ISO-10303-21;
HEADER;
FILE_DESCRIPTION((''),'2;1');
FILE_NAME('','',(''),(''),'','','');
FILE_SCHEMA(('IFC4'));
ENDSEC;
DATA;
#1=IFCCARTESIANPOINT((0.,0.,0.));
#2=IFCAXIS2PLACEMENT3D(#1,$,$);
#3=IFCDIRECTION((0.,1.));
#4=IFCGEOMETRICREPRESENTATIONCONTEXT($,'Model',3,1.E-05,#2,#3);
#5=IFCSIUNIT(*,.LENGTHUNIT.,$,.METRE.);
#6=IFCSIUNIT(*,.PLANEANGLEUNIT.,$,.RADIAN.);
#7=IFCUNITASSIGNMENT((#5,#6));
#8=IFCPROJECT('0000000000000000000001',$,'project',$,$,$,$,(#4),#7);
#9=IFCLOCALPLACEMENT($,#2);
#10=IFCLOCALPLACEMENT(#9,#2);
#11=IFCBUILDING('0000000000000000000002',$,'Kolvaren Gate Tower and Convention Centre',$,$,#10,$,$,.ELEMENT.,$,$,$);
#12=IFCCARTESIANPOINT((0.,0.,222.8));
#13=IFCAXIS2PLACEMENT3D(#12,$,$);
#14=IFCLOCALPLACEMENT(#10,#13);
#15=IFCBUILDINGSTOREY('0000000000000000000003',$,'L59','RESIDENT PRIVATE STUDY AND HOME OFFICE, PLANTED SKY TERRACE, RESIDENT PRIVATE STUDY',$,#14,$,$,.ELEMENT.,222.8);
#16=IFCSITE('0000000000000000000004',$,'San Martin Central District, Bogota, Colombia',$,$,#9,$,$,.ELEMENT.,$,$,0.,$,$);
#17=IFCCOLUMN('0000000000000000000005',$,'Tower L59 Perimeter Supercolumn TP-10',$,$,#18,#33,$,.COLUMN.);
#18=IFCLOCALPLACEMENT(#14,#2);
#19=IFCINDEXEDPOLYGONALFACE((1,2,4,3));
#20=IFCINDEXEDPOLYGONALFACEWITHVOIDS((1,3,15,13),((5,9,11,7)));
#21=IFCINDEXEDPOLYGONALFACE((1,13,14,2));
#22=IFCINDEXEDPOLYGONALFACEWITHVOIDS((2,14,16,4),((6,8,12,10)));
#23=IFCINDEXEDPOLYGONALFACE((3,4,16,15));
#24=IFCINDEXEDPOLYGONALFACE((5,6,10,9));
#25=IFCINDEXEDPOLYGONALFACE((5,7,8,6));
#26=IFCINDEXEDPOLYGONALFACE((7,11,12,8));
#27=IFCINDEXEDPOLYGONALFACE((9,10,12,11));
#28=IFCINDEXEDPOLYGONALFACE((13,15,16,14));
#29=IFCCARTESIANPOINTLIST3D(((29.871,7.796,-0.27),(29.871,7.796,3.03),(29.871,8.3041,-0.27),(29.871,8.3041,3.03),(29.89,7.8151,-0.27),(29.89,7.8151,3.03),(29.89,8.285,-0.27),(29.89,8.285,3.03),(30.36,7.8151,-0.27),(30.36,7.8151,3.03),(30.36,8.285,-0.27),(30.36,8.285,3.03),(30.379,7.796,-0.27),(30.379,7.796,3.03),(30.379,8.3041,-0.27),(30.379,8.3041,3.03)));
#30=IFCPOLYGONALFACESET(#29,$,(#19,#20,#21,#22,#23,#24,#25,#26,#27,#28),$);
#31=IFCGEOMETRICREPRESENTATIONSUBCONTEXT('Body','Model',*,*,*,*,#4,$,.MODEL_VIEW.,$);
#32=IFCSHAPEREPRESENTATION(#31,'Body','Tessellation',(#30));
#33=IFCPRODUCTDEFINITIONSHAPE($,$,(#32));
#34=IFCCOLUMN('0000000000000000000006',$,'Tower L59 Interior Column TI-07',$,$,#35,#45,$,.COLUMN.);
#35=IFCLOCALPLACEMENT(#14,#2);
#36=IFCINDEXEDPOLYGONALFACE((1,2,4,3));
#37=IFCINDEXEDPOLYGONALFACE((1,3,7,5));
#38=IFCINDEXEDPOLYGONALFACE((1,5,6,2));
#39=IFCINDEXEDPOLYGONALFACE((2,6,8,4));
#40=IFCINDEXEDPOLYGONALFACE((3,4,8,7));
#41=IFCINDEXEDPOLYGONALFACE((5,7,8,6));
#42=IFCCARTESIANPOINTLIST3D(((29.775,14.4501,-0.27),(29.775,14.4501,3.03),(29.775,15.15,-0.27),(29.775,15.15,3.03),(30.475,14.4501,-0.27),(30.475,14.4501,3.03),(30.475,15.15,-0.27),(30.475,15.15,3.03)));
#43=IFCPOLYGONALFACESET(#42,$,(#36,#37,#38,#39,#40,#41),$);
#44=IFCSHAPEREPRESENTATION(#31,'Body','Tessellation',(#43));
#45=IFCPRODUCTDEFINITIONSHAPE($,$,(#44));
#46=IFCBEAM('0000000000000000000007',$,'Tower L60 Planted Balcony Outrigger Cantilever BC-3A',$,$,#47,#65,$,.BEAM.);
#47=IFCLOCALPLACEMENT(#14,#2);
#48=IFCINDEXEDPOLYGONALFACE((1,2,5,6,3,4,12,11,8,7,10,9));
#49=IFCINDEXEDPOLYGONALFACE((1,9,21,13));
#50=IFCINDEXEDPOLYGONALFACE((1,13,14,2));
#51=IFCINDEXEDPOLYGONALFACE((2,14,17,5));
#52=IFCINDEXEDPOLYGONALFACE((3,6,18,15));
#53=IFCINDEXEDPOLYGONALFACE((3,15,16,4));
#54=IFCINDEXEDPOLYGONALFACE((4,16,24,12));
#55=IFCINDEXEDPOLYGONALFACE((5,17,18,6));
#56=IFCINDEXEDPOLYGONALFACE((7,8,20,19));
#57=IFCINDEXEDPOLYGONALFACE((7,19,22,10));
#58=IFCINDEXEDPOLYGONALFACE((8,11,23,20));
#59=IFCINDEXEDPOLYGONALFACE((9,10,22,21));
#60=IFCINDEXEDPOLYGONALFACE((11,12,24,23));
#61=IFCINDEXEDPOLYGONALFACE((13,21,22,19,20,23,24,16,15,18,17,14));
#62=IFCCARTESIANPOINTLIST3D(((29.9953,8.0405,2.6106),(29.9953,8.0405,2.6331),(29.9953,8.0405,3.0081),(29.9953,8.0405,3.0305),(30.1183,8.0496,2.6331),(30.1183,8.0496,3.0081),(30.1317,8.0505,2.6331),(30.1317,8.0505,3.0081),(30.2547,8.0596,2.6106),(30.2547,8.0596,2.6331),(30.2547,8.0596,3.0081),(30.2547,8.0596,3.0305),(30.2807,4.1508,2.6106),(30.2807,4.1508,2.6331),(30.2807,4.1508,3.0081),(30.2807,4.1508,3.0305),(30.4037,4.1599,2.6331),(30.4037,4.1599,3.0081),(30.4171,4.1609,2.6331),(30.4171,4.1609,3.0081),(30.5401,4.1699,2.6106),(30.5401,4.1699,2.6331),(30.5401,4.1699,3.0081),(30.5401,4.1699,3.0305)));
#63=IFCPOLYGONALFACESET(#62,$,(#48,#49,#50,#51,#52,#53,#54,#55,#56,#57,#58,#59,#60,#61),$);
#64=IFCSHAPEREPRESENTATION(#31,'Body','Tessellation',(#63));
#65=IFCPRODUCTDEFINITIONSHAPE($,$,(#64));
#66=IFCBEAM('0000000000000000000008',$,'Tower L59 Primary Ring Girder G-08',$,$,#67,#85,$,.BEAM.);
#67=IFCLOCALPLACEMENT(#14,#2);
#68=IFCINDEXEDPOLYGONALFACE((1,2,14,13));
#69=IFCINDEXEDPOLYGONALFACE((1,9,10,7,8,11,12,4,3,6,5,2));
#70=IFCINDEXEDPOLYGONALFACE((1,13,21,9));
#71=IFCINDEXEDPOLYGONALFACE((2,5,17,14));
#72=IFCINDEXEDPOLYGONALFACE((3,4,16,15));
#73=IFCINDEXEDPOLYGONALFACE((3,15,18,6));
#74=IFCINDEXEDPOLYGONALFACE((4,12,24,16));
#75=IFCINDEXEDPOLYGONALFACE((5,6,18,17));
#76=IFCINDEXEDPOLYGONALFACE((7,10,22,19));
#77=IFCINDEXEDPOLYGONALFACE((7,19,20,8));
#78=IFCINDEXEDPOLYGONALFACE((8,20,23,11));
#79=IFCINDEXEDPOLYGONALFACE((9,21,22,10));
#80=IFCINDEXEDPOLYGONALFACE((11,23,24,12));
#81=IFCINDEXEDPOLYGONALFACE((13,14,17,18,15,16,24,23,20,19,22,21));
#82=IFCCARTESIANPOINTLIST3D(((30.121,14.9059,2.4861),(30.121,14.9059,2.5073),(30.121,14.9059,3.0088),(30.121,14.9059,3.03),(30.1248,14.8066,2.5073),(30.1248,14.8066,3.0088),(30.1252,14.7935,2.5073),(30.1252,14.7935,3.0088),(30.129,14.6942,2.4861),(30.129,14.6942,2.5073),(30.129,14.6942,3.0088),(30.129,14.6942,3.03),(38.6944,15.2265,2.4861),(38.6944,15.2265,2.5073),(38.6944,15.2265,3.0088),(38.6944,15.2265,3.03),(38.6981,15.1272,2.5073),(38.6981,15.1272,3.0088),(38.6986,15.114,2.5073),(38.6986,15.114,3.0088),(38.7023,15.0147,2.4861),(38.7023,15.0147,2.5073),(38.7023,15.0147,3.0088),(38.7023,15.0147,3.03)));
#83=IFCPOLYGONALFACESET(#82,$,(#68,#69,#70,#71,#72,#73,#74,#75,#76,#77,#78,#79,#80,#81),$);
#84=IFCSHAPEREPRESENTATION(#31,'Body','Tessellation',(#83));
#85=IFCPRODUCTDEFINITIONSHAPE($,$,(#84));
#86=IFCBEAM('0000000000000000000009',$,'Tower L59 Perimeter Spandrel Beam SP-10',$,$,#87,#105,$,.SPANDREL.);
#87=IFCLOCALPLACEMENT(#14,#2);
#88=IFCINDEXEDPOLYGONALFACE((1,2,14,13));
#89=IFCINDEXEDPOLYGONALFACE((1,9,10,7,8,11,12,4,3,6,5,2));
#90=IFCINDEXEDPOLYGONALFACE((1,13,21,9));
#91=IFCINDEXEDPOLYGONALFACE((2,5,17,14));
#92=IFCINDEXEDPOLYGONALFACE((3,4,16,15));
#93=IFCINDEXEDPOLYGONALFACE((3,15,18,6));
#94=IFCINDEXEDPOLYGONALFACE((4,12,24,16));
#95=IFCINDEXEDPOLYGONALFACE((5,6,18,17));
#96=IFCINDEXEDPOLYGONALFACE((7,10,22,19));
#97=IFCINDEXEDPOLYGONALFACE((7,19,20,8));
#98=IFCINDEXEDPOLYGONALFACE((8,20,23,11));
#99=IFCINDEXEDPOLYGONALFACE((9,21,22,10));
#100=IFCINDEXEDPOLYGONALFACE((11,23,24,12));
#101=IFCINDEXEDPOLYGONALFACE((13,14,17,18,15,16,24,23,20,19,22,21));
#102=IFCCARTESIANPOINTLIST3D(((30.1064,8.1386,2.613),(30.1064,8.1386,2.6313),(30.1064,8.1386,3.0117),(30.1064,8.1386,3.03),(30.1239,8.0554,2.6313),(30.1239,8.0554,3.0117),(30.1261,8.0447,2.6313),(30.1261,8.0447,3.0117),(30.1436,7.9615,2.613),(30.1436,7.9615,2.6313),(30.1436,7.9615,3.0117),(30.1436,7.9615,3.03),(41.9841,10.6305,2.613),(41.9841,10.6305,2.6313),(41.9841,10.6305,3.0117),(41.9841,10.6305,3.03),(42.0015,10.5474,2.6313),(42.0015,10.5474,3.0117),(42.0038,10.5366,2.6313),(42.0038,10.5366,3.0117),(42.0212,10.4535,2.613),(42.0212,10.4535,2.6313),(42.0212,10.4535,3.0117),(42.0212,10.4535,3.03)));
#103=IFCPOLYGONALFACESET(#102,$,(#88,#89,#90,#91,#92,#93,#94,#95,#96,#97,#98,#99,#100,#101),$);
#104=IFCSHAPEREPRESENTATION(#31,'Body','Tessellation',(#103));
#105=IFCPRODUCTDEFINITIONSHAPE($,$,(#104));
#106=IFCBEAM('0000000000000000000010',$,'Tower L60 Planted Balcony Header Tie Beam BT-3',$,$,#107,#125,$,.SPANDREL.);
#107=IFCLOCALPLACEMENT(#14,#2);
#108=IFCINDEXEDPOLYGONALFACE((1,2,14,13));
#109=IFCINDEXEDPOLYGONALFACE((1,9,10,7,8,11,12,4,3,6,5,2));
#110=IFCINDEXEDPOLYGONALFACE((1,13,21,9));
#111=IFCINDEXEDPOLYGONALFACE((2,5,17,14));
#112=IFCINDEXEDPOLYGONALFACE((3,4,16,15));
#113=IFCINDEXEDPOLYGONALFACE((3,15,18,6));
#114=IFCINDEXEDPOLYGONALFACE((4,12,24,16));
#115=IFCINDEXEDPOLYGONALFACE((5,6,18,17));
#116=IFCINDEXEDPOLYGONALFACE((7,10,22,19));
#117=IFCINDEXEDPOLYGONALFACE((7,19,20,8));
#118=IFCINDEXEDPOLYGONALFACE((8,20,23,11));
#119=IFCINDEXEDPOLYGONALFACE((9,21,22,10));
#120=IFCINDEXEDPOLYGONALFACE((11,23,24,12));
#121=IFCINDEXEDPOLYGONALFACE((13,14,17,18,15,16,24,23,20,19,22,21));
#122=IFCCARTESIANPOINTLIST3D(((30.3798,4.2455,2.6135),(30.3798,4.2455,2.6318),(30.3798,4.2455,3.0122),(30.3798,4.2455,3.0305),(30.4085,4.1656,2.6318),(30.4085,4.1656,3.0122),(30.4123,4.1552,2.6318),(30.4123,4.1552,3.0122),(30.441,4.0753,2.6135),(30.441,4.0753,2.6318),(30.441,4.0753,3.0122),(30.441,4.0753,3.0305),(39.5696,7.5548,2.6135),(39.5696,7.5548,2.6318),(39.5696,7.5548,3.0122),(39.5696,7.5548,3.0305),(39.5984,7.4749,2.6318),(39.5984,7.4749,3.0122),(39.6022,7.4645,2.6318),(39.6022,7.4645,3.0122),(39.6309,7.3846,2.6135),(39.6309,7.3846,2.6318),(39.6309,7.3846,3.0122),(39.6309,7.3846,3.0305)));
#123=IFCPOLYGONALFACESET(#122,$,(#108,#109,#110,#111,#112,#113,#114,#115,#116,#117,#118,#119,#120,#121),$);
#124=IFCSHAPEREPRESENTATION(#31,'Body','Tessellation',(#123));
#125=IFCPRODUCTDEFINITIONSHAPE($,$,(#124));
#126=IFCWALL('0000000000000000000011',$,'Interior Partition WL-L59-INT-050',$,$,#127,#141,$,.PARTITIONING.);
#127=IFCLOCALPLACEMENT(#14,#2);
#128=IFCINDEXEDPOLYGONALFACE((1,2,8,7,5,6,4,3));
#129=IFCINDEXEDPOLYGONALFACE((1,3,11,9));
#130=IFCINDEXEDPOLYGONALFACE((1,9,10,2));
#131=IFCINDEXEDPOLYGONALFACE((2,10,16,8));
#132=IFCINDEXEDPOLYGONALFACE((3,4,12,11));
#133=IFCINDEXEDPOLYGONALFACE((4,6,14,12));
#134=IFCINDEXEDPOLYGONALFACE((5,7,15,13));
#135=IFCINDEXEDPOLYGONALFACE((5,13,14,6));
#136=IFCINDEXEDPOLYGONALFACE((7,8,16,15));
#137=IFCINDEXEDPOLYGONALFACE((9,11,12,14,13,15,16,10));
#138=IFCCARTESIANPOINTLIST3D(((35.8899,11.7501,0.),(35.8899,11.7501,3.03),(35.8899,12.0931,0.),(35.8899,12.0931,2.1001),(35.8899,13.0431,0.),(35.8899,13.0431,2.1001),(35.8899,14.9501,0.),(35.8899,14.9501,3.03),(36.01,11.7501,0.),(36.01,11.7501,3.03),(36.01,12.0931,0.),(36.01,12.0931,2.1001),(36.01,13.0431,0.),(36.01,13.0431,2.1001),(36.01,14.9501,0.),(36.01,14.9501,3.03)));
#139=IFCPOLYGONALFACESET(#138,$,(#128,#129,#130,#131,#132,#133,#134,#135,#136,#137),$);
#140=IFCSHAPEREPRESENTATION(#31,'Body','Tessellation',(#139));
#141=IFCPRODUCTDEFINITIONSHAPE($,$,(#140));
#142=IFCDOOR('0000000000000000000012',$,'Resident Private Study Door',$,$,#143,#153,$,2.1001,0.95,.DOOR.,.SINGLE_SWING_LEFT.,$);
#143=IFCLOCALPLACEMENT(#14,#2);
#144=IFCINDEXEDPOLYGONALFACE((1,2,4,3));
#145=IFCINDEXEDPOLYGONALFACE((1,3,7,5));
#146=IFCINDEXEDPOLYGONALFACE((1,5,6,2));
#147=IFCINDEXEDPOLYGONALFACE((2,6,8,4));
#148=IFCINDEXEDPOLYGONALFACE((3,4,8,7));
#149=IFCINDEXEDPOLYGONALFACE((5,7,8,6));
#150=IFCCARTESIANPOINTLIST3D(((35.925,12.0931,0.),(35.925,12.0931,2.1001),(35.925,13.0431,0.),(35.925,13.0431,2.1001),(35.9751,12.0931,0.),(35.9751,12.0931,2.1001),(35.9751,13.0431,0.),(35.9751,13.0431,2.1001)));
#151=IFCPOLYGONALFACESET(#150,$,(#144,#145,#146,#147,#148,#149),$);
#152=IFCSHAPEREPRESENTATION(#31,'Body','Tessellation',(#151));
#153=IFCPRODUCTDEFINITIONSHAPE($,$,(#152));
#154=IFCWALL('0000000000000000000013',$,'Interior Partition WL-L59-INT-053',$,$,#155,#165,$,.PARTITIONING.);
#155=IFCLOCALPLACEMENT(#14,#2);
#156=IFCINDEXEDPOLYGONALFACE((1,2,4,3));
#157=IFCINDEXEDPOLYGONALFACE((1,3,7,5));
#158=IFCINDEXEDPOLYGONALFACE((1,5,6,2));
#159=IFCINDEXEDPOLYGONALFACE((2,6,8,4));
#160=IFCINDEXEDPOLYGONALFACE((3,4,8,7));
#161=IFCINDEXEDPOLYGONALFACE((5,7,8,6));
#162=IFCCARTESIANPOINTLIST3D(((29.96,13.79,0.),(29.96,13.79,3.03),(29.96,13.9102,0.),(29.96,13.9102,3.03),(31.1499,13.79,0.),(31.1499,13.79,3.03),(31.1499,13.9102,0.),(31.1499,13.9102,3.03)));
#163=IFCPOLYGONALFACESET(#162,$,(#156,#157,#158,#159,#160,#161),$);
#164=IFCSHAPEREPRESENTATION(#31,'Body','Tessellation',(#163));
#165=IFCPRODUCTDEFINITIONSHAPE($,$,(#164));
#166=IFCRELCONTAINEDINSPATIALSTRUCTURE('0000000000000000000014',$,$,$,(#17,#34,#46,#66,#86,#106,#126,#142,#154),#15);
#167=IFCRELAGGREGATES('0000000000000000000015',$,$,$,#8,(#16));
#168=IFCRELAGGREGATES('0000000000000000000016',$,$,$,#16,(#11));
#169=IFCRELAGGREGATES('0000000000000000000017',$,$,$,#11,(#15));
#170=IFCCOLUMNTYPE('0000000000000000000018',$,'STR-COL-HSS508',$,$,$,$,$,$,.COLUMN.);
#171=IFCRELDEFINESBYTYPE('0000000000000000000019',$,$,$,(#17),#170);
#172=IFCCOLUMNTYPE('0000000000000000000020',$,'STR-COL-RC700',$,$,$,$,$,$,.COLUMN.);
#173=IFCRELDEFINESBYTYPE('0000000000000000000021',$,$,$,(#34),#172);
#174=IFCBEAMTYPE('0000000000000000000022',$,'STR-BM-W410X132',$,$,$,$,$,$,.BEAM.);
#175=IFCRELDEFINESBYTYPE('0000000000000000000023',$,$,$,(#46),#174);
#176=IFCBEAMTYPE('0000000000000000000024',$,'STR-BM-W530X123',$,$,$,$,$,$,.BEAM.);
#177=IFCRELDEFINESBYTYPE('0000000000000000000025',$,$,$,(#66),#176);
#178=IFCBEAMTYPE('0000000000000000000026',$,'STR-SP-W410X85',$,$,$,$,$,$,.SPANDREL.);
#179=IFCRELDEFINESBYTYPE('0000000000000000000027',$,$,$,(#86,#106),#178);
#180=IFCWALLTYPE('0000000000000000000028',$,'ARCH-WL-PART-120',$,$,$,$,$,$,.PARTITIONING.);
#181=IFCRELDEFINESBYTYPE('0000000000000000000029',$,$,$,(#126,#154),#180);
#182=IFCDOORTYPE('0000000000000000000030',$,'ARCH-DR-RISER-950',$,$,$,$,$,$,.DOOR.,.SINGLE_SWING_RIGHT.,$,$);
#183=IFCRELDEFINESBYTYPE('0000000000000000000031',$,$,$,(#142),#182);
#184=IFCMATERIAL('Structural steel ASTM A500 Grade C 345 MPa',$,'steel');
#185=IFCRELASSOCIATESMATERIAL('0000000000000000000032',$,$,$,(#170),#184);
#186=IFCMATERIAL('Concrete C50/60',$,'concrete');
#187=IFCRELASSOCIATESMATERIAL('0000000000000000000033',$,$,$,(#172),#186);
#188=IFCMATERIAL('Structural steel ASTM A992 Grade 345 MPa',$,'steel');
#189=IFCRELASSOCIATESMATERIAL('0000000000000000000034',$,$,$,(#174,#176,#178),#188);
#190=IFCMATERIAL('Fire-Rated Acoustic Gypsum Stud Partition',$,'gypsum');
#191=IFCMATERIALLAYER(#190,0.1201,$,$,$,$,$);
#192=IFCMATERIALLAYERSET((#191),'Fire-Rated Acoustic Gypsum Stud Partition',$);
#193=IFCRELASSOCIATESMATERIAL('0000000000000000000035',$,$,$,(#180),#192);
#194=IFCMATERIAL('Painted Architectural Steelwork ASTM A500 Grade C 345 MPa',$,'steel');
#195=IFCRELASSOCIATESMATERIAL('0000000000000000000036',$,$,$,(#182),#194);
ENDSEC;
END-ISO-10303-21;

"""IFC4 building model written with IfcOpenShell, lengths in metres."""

from ifc_helpers import new_model, si_unit, direction, frame, frame_2d, origin, origin_2d, place, context, subcontext, project, spatial, rectangle, hollow_rectangle, i_section, extrude, material, layer, layer_set, material_profile, profile_set, type_object, element, fill, save


model = new_model("IFC4")

# Units and contexts
model_context = context("Model", 3, precision=1e-05, world=origin(), true_north=direction((0.0, 1.0)))
body_context = subcontext(model_context, "Body", "Model", "MODEL_VIEW")
ifc_project = project(units=[si_unit("LENGTHUNIT", "METRE"), si_unit("PLANEANGLEUNIT", "RADIAN")], contexts=[model_context])

# Site, building, storey
site_placement = place(None, origin())
site = spatial("IfcSite", under=ifc_project, at=site_placement, Name="San Martin Central District, Bogota, Colombia", CompositionType="ELEMENT", RefElevation=0.0)
building_placement = place(site_placement, origin())
building = spatial("IfcBuilding", under=site, at=building_placement, Name="Kolvaren Gate Tower and Convention Centre", CompositionType="ELEMENT")
storey_placement = place(building_placement, frame((0.0, 0.0, 222.8)))
storey = spatial("IfcBuildingStorey", under=building, at=storey_placement, Name="L59", Description="RESIDENT PRIVATE STUDY AND HOME OFFICE, PLANTED SKY TERRACE, RESIDENT PRIVATE STUDY", CompositionType="ELEMENT", Elevation=222.8)

# Columns
ifc_material_1 = material(Name="Structural steel ASTM A500 Grade C 345 MPa", Category="steel")
ifc_material_profile_1 = material_profile(ifc_material_1, hollow_rectangle(XDim=0.5081, YDim=0.5081, WallThickness=0.019, at=origin_2d()), Name="HSS508X508X19.1")
ifc_profile_set_1 = profile_set([ifc_material_profile_1], Name="Structural steel ASTM A500 Grade C 345 MPa")
column_type_1 = type_object("IfcColumnType", Name="STR-COL-HSS508", PredefinedType="COLUMN", material=ifc_profile_set_1)
column_1_placement = place(storey_placement, frame((30.125, 8.05, -0.27), z_axis=(0.0, 0.0, 1.0), x_axis=(1.0, 0.0, 0.0)))
element("IfcColumn", 1, at=column_1_placement, inside=storey, type_object=column_type_1, Name="Tower L59 Perimeter Supercolumn TP-10", PredefinedType="COLUMN", context=body_context, shape_type="SweptSolid", body=[
    extrude(hollow_rectangle(XDim=0.5081, YDim=0.5081, WallThickness=0.019, at=origin_2d()), origin(), (0.0, 0.0, 1.0), 3.3),
])
ifc_material_2 = material(Name="Concrete C50/60", Category="concrete")
ifc_material_profile_2 = material_profile(ifc_material_2, rectangle(XDim=0.7, YDim=0.7, at=origin_2d()), Name="RC-COL-700X700")
ifc_profile_set_2 = profile_set([ifc_material_profile_2], Name="Concrete C50/60")
column_type_2 = type_object("IfcColumnType", Name="STR-COL-RC700", PredefinedType="COLUMN", material=ifc_profile_set_2)
column_2_placement = place(storey_placement, frame((30.125, 14.8, -0.27), z_axis=(0.0, 0.0, 1.0), x_axis=(1.0, 0.0, 0.0)))
element("IfcColumn", 2, at=column_2_placement, inside=storey, type_object=column_type_2, Name="Tower L59 Interior Column TI-07", PredefinedType="COLUMN", context=body_context, shape_type="SweptSolid", body=[
    extrude(rectangle(XDim=0.7, YDim=0.7, at=origin_2d()), origin(), (0.0, 0.0, 1.0), 3.3),
])

# Beams
ifc_material_3 = material(Name="Structural steel ASTM A992 Grade 345 MPa", Category="steel")
ifc_material_profile_3 = material_profile(ifc_material_3, i_section(OverallWidth=0.26, OverallDepth=0.4199, WebThickness=0.0134, FlangeThickness=0.0225, at=origin_2d()), Name="W410X132")
ifc_profile_set_3 = profile_set([ifc_material_profile_3], Name="Structural steel ASTM A992 Grade 345 MPa")
beam_type_1 = type_object("IfcBeamType", Name="STR-BM-W410X132", PredefinedType="BEAM", material=ifc_profile_set_3)
beam_1_placement = place(storey_placement, frame((30.125, 8.05, 2.8206), z_axis=(0.073178, -0.997319, 0.0), x_axis=(0.997319, 0.073178, 0.0)))
element("IfcBeam", 3, at=beam_1_placement, inside=storey, type_object=beam_type_1, Name="Tower L60 Planted Balcony Outrigger Cantilever BC-3A", PredefinedType="BEAM", context=body_context, shape_type="SweptSolid", body=[
    extrude(i_section(OverallWidth=0.26, OverallDepth=0.4199, WebThickness=0.0134, FlangeThickness=0.0225, at=origin_2d()), origin(), (0.0, 0.0, 1.0), 3.9001),
])
ifc_material_profile_4 = material_profile(ifc_material_3, i_section(OverallWidth=0.2119, OverallDepth=0.5439, WebThickness=0.0132, FlangeThickness=0.0212, at=origin_2d()), Name="W530X123")
ifc_profile_set_4 = profile_set([ifc_material_profile_4], Name="Structural steel ASTM A992 Grade 345 MPa")
beam_type_2 = type_object("IfcBeamType", Name="STR-BM-W530X123", PredefinedType="BEAM", material=ifc_profile_set_4)
beam_2_placement = place(storey_placement, frame((30.125, 14.8, 2.7581), z_axis=(0.999302, 0.037364, 0.0), x_axis=(-0.037364, 0.999302, 0.0)))
element("IfcBeam", 4, at=beam_2_placement, inside=storey, type_object=beam_type_2, Name="Tower L59 Primary Ring Girder G-08", PredefinedType="BEAM", context=body_context, shape_type="SweptSolid", body=[
    extrude(i_section(OverallWidth=0.2119, OverallDepth=0.5439, WebThickness=0.0132, FlangeThickness=0.0212, at=origin_2d()), origin(), (0.0, 0.0, 1.0), 8.5793),
])
ifc_material_profile_5 = material_profile(ifc_material_3, i_section(OverallWidth=0.1809, OverallDepth=0.417, WebThickness=0.011, FlangeThickness=0.0183, at=origin_2d()), Name="W410X85")
ifc_profile_set_5 = profile_set([ifc_material_profile_5], Name="Structural steel ASTM A992 Grade 345 MPa")
beam_type_3 = type_object("IfcBeamType", Name="STR-SP-W410X85", PredefinedType="SPANDREL", material=ifc_profile_set_5)
beam_3_placement = place(storey_placement, frame((30.125, 8.05, 2.8215), z_axis=(0.978693, 0.20533, 0.0), x_axis=(-0.20533, 0.978693, 0.0)))
element("IfcBeam", 5, at=beam_3_placement, inside=storey, type_object=beam_type_3, Name="Tower L59 Perimeter Spandrel Beam SP-10", PredefinedType="SPANDREL", context=body_context, shape_type="SweptSolid", body=[
    extrude(i_section(OverallWidth=0.1809, OverallDepth=0.417, WebThickness=0.011, FlangeThickness=0.0183, at=origin_2d()), origin(), (0.0, 0.0, 1.0), 12.1362),
])
beam_4_placement = place(storey_placement, frame((30.4104, 4.1604, 2.822), z_axis=(0.940857, 0.338805, 0.0), x_axis=(-0.338805, 0.940857, 0.0)))
element("IfcBeam", 6, at=beam_4_placement, inside=storey, type_object=beam_type_3, Name="Tower L60 Planted Balcony Header Tie Beam BT-3", PredefinedType="SPANDREL", context=body_context, shape_type="SweptSolid", body=[
    extrude(i_section(OverallWidth=0.1809, OverallDepth=0.417, WebThickness=0.011, FlangeThickness=0.0183, at=origin_2d()), origin(), (0.0, 0.0, 1.0), 9.7676),
])

# Wall, opening, door
ifc_material_4 = material(Name="Fire-Rated Acoustic Gypsum Stud Partition", Category="gypsum")
ifc_layer_1 = layer(ifc_material_4, 0.1201)
ifc_layer_set_1 = layer_set([ifc_layer_1], Name="Fire-Rated Acoustic Gypsum Stud Partition")
wall_type_1 = type_object("IfcWallType", Name="ARCH-WL-PART-120", PredefinedType="PARTITIONING", material=ifc_layer_set_1)
wall_1_placement = place(storey_placement, frame((35.95, 11.75, 0.0), z_axis=(0.0, 0.0, 1.0), x_axis=(0.0, 1.0, 0.0)))
wall_1 = element("IfcWall", 7, at=wall_1_placement, inside=storey, type_object=wall_type_1, Name="Interior Partition WL-L59-INT-050", PredefinedType="PARTITIONING", context=body_context, shape_type="SweptSolid", body=[
    extrude(rectangle(XDim=3.2, YDim=0.1201, at=frame_2d((1.6001, 0.0))), origin(), (0.0, 0.0, 1.0), 3.03),
])
opening_1_placement = place(wall_1_placement, frame((0.343, 0.0, 0.0)))
opening_1 = element("IfcOpeningElement", 8, at=opening_1_placement, cuts=wall_1, PredefinedType="OPENING", context=body_context, shape_type="SweptSolid", body=[
    extrude(rectangle(XDim=0.95, YDim=2.1001, at=frame_2d((0.4751, 1.05))), frame((0.0, 0.0701, 0.0), z_axis=(0.0, -1.0, 0.0), x_axis=(1.0, 0.0, 0.0)), (0.0, 0.0, 1.0), 0.1401),
])
ifc_material_5 = material(Name="Painted Architectural Steelwork ASTM A500 Grade C 345 MPa", Category="steel")
door_type_1 = type_object("IfcDoorType", Name="ARCH-DR-RISER-950", OperationType="SINGLE_SWING_RIGHT", PredefinedType="DOOR", material=ifc_material_5)
door_1_placement = place(opening_1_placement, origin())
door_1 = element("IfcDoor", 9, at=door_1_placement, inside=storey, type_object=door_type_1, Name="Resident Private Study Door", OperationType="SINGLE_SWING_LEFT", OverallHeight=2.1001, OverallWidth=0.95, PredefinedType="DOOR", context=body_context, shape_type="SweptSolid", body=[
    extrude(rectangle(XDim=0.95, YDim=2.1001, at=frame_2d((0.4751, 1.05))), frame((0.0, 0.0249, 0.0), z_axis=(0.0, -1.0, 0.0), x_axis=(1.0, 0.0, 0.0)), (0.0, 0.0, 1.0), 0.05),
])
fill(opening_1, door_1)

# Wall
wall_2_placement = place(storey_placement, frame((29.96, 13.8501, 0.0), z_axis=(0.0, 0.0, 1.0), x_axis=(1.0, 0.0, 0.0)))
element("IfcWall", 10, at=wall_2_placement, inside=storey, type_object=wall_type_1, Name="Interior Partition WL-L59-INT-053", PredefinedType="PARTITIONING", context=body_context, shape_type="SweptSolid", body=[
    extrude(rectangle(XDim=1.1899, YDim=0.1201, at=frame_2d((0.595, 0.0))), origin(), (0.0, 0.0, 1.0), 3.03),
])

save(model, "model.ifc")
